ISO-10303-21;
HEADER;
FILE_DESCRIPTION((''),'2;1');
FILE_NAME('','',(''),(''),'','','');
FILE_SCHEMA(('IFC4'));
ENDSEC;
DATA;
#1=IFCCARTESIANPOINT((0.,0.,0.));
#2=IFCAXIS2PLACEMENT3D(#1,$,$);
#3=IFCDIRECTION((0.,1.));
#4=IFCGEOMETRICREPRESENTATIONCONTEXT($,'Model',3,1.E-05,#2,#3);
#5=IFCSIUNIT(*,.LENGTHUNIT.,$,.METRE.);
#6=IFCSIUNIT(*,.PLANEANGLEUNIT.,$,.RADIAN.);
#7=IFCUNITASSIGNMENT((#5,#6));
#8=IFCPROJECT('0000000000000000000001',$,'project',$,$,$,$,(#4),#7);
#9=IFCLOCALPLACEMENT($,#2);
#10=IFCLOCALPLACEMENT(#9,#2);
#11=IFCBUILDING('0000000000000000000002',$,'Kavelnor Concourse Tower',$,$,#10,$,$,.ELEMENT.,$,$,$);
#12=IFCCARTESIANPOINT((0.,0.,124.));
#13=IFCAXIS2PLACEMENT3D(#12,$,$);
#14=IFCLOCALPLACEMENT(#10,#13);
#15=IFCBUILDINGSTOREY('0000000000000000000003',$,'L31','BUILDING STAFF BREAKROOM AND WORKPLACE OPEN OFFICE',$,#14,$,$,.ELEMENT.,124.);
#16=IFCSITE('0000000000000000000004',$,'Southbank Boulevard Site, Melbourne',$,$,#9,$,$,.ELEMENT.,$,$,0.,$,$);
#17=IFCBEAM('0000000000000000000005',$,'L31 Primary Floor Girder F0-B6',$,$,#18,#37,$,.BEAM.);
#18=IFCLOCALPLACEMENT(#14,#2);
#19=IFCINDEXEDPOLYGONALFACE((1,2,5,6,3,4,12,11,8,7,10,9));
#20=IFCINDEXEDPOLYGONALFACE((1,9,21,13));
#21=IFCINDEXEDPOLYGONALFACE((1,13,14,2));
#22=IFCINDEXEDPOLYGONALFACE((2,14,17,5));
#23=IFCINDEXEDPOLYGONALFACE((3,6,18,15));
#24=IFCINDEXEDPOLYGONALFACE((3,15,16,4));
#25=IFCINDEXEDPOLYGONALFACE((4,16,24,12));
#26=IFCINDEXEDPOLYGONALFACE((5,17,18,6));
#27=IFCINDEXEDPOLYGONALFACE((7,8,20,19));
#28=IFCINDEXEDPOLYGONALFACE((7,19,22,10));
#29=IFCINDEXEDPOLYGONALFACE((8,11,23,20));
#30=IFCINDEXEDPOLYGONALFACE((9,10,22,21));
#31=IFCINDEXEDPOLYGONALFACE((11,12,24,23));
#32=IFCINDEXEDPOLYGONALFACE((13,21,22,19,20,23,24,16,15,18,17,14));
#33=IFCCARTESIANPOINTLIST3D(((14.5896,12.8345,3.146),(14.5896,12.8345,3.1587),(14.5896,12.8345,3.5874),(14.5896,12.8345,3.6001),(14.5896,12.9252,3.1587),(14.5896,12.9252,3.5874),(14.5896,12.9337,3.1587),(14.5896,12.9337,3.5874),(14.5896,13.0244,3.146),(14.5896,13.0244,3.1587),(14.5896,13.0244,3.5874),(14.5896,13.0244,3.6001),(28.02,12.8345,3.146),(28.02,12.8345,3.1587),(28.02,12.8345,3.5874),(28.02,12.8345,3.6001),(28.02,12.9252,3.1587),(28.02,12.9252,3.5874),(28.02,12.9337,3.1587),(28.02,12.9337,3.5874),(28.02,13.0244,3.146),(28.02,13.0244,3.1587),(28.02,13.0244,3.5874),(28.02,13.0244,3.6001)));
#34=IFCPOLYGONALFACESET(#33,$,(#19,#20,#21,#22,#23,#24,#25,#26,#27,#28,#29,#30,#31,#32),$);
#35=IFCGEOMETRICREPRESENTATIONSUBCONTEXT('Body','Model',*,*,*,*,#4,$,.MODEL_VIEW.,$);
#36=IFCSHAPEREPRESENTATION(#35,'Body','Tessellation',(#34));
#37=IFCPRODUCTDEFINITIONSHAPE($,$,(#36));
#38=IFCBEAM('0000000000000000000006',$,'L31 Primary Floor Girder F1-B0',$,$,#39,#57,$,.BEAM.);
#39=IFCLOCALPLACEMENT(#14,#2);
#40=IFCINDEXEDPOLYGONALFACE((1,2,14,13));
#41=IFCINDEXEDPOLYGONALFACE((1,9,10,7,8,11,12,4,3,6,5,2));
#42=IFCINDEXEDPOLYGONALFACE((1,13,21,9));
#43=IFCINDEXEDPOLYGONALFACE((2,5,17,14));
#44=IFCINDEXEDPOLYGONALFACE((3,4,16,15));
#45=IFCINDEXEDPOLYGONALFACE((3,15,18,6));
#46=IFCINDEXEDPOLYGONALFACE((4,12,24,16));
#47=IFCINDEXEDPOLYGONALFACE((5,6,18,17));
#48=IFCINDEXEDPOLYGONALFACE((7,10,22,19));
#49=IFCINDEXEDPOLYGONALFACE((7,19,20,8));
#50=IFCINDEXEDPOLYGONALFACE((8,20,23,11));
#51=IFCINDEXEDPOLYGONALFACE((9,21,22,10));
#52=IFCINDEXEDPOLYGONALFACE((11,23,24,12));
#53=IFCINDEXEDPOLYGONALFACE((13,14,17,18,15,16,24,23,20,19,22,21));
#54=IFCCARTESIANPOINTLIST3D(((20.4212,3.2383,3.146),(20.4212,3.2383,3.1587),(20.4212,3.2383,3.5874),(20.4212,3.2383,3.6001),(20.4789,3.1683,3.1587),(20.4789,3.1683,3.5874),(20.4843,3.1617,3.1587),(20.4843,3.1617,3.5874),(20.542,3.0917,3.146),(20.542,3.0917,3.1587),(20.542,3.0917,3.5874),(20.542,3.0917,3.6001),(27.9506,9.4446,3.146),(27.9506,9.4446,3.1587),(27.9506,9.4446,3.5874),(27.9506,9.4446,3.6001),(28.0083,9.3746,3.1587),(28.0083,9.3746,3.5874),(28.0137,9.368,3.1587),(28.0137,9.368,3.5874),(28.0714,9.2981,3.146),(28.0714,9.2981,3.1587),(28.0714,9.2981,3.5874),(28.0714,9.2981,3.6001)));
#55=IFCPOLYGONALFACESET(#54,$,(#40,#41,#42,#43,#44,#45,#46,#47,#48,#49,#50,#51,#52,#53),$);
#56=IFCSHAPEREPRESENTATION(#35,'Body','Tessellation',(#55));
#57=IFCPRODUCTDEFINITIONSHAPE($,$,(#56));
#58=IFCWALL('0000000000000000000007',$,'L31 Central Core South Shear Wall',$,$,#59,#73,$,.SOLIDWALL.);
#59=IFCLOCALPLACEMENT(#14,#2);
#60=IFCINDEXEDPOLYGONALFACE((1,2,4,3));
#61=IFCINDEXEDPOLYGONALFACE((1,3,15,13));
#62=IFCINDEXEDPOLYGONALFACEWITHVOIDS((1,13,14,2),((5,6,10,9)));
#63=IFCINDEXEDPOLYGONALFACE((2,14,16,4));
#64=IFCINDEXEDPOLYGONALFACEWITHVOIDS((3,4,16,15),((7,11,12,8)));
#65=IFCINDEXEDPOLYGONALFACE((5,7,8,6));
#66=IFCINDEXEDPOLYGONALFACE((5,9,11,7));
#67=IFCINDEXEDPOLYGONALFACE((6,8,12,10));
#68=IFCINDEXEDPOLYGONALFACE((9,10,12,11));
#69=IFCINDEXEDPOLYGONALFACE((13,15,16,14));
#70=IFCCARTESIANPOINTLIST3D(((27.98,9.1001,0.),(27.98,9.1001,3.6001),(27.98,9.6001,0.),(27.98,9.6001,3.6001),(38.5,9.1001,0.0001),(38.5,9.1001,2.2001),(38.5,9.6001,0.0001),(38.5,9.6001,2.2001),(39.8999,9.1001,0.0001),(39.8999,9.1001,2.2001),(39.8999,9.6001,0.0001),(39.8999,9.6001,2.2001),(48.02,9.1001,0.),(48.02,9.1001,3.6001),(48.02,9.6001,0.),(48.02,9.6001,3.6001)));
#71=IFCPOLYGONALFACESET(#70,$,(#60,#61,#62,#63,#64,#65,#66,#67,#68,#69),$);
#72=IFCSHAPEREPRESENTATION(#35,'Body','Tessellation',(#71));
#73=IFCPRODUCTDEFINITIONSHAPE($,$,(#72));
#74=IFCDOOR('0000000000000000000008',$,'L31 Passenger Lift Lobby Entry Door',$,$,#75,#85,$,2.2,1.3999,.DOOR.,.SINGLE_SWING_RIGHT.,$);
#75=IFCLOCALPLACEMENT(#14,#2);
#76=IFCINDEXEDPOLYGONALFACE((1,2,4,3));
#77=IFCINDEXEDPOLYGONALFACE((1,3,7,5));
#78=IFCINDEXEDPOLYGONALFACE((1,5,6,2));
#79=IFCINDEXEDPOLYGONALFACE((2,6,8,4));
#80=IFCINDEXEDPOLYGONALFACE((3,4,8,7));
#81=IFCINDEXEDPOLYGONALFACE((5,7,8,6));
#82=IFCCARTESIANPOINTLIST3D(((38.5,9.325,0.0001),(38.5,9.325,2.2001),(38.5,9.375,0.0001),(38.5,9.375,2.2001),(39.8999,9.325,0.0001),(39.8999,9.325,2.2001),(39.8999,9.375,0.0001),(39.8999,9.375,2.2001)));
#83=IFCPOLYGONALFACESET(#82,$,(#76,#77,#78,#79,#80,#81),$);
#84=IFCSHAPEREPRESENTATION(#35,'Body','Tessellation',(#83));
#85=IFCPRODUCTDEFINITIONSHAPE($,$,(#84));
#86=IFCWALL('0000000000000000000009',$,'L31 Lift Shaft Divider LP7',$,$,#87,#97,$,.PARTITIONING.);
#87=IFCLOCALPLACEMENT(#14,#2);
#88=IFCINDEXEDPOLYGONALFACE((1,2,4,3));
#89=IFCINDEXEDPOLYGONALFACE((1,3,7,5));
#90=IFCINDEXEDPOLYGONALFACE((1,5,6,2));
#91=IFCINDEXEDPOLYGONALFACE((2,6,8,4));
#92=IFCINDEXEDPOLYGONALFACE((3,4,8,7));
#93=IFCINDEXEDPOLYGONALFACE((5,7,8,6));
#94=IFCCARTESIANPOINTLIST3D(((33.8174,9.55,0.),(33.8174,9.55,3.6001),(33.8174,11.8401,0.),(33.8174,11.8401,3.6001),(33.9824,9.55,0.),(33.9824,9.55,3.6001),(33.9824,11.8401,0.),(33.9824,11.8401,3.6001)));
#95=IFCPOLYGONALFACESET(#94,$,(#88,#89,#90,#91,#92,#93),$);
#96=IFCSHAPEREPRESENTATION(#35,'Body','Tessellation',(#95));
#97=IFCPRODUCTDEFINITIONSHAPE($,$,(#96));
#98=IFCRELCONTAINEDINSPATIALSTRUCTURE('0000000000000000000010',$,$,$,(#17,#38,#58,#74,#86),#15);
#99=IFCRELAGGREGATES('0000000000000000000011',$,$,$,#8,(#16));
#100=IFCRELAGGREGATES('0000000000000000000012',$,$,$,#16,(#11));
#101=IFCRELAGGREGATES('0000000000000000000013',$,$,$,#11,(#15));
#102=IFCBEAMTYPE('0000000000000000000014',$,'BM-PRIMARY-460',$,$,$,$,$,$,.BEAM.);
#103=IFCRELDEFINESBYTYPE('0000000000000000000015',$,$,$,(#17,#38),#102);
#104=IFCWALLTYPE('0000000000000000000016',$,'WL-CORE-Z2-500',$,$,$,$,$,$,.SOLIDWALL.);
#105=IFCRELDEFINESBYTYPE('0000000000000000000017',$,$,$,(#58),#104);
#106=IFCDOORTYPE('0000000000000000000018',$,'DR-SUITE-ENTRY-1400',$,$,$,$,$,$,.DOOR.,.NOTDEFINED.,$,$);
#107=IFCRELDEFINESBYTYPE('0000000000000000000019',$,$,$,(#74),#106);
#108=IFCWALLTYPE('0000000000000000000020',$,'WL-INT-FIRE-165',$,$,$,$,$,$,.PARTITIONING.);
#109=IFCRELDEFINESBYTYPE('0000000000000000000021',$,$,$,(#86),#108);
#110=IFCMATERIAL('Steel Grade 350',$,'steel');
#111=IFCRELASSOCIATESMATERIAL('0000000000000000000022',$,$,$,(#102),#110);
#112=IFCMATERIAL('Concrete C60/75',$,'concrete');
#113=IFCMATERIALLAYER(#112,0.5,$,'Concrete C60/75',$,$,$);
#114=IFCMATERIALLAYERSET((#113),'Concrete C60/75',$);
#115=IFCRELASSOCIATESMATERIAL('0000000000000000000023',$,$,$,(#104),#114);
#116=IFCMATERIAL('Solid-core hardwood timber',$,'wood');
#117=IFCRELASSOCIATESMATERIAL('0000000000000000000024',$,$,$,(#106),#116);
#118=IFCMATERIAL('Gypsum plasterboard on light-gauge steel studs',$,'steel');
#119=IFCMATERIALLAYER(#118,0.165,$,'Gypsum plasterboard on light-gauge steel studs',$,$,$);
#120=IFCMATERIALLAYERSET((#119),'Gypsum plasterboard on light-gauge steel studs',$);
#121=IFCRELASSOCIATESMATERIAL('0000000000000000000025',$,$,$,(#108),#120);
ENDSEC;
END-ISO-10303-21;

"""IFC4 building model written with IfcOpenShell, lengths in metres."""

from ifc_helpers import new_model, si_unit, direction, frame, frame_2d, origin, origin_2d, place, context, subcontext, project, spatial, rectangle, i_section, extrude, material, layer, layer_set, material_profile, profile_set, type_object, element, fill, save


model = new_model("IFC4")

# Units and contexts
model_context = context("Model", 3, precision=1e-05, world=origin(), true_north=direction((0.0, 1.0)))
body_context = subcontext(model_context, "Body", "Model", "MODEL_VIEW")
ifc_project = project(units=[si_unit("LENGTHUNIT", "METRE"), si_unit("PLANEANGLEUNIT", "RADIAN")], contexts=[model_context])

# Site, building, storey
site_placement = place(None, origin())
site = spatial("IfcSite", under=ifc_project, at=site_placement, Name="Southbank Boulevard Site, Melbourne", CompositionType="ELEMENT", RefElevation=0.0)
building_placement = place(site_placement, origin())
building = spatial("IfcBuilding", under=site, at=building_placement, Name="Kavelnor Concourse Tower", CompositionType="ELEMENT")
storey_placement = place(building_placement, frame((0.0, 0.0, 124.0)))
storey = spatial("IfcBuildingStorey", under=building, at=storey_placement, Name="L31", Description="BUILDING STAFF BREAKROOM AND WORKPLACE OPEN OFFICE", CompositionType="ELEMENT", Elevation=124.0)

# Beams
ifc_material_1 = material(Name="Steel Grade 350", Category="steel")
ifc_material_profile = material_profile(ifc_material_1, i_section(OverallWidth=0.1899, OverallDepth=0.4541, WebThickness=0.0085, FlangeThickness=0.0127, at=origin_2d()), Name="460UB67")
ifc_profile_set = profile_set([ifc_material_profile], Name="Steel Grade 350")
beam_type = type_object("IfcBeamType", Name="BM-PRIMARY-460", PredefinedType="BEAM", material=ifc_profile_set)
beam_1_placement = place(storey_placement, frame((28.02, 12.9294, 3.373), z_axis=(-1.0, 0.0, 0.0), x_axis=(0.0, -1.0, 0.0)))
element("IfcBeam", 1, at=beam_1_placement, inside=storey, type_object=beam_type, Name="L31 Primary Floor Girder F0-B6", PredefinedType="BEAM", context=body_context, shape_type="SweptSolid", body=[
    extrude(i_section(OverallWidth=0.1899, OverallDepth=0.4541, WebThickness=0.0085, FlangeThickness=0.0127, at=origin_2d()), origin(), (0.0, 0.0, 1.0), 13.4304),
])
beam_2_placement = place(storey_placement, frame((28.011, 9.3713, 3.373), z_axis=(-0.771643, -0.636055, 0.0), x_axis=(0.636055, -0.771643, 0.0)))
element("IfcBeam", 2, at=beam_2_placement, inside=storey, type_object=beam_type, Name="L31 Primary Floor Girder F1-B0", PredefinedType="BEAM", context=body_context, shape_type="SweptSolid", body=[
    extrude(i_section(OverallWidth=0.1899, OverallDepth=0.4541, WebThickness=0.0085, FlangeThickness=0.0127, at=origin_2d()), origin(), (0.0, 0.0, 1.0), 9.7576),
])

# Wall, opening, door
ifc_material_2 = material(Name="Concrete C60/75", Category="concrete")
ifc_layer_1 = layer(ifc_material_2, 0.5, Name="Concrete C60/75")
ifc_layer_set_1 = layer_set([ifc_layer_1], Name="Concrete C60/75")
wall_type_1 = type_object("IfcWallType", Name="WL-CORE-Z2-500", PredefinedType="SOLIDWALL", material=ifc_layer_set_1)
wall_1_placement = place(storey_placement, frame((27.98, 9.3501, 0.0), z_axis=(0.0, 0.0, 1.0), x_axis=(1.0, 0.0, 0.0)))
wall_1 = element("IfcWall", 3, at=wall_1_placement, inside=storey, type_object=wall_type_1, Name="L31 Central Core South Shear Wall", PredefinedType="SOLIDWALL", context=body_context, shape_type="SweptSolid", body=[
    extrude(rectangle(XDim=20.04, YDim=0.5, at=frame_2d((10.02, 0.0))), origin(), (0.0, 0.0, 1.0), 3.6001),
])
opening_1_placement = place(wall_1_placement, frame((10.52, 0.0, 0.0)))
opening_1 = element("IfcOpeningElement", 4, at=opening_1_placement, cuts=wall_1, PredefinedType="OPENING", context=body_context, shape_type="SweptSolid", body=[
    extrude(rectangle(XDim=1.3999, YDim=2.2, at=frame_2d((0.7, 1.1001))), frame((0.0, 0.26, 0.0), z_axis=(0.0, -1.0, 0.0), x_axis=(1.0, 0.0, 0.0)), (0.0, 0.0, 1.0), 0.52),
])
ifc_material_3 = material(Name="Solid-core hardwood timber", Category="wood")
door_type_1 = type_object("IfcDoorType", Name="DR-SUITE-ENTRY-1400", OperationType="NOTDEFINED", PredefinedType="DOOR", material=ifc_material_3)
door_1_placement = place(opening_1_placement, origin())
door_1 = element("IfcDoor", 5, at=door_1_placement, inside=storey, type_object=door_type_1, Name="L31 Passenger Lift Lobby Entry Door", OperationType="SINGLE_SWING_RIGHT", OverallHeight=2.2, OverallWidth=1.3999, PredefinedType="DOOR", context=body_context, shape_type="SweptSolid", body=[
    extrude(rectangle(XDim=1.3999, YDim=2.2, at=frame_2d((0.7, 1.1001))), frame((0.0, 0.0249, 0.0), z_axis=(0.0, -1.0, 0.0), x_axis=(1.0, 0.0, 0.0)), (0.0, 0.0, 1.0), 0.05),
])
fill(opening_1, door_1)

# Wall
ifc_material_4 = material(Name="Gypsum plasterboard on light-gauge steel studs", Category="steel")
ifc_layer_2 = layer(ifc_material_4, 0.165, Name="Gypsum plasterboard on light-gauge steel studs")
ifc_layer_set_2 = layer_set([ifc_layer_2], Name="Gypsum plasterboard on light-gauge steel studs")
wall_type_2 = type_object("IfcWallType", Name="WL-INT-FIRE-165", PredefinedType="PARTITIONING", material=ifc_layer_set_2)
wall_2_placement = place(storey_placement, frame((33.8999, 9.55, 0.0), z_axis=(0.0, 0.0, 1.0), x_axis=(0.0, 1.0, 0.0)))
element("IfcWall", 6, at=wall_2_placement, inside=storey, type_object=wall_type_2, Name="L31 Lift Shaft Divider LP7", PredefinedType="PARTITIONING", context=body_context, shape_type="SweptSolid", body=[
    extrude(rectangle(XDim=2.29, YDim=0.165, at=frame_2d((1.145, 0.0))), origin(), (0.0, 0.0, 1.0), 3.6001),
])

save(model, "model.ifc")
